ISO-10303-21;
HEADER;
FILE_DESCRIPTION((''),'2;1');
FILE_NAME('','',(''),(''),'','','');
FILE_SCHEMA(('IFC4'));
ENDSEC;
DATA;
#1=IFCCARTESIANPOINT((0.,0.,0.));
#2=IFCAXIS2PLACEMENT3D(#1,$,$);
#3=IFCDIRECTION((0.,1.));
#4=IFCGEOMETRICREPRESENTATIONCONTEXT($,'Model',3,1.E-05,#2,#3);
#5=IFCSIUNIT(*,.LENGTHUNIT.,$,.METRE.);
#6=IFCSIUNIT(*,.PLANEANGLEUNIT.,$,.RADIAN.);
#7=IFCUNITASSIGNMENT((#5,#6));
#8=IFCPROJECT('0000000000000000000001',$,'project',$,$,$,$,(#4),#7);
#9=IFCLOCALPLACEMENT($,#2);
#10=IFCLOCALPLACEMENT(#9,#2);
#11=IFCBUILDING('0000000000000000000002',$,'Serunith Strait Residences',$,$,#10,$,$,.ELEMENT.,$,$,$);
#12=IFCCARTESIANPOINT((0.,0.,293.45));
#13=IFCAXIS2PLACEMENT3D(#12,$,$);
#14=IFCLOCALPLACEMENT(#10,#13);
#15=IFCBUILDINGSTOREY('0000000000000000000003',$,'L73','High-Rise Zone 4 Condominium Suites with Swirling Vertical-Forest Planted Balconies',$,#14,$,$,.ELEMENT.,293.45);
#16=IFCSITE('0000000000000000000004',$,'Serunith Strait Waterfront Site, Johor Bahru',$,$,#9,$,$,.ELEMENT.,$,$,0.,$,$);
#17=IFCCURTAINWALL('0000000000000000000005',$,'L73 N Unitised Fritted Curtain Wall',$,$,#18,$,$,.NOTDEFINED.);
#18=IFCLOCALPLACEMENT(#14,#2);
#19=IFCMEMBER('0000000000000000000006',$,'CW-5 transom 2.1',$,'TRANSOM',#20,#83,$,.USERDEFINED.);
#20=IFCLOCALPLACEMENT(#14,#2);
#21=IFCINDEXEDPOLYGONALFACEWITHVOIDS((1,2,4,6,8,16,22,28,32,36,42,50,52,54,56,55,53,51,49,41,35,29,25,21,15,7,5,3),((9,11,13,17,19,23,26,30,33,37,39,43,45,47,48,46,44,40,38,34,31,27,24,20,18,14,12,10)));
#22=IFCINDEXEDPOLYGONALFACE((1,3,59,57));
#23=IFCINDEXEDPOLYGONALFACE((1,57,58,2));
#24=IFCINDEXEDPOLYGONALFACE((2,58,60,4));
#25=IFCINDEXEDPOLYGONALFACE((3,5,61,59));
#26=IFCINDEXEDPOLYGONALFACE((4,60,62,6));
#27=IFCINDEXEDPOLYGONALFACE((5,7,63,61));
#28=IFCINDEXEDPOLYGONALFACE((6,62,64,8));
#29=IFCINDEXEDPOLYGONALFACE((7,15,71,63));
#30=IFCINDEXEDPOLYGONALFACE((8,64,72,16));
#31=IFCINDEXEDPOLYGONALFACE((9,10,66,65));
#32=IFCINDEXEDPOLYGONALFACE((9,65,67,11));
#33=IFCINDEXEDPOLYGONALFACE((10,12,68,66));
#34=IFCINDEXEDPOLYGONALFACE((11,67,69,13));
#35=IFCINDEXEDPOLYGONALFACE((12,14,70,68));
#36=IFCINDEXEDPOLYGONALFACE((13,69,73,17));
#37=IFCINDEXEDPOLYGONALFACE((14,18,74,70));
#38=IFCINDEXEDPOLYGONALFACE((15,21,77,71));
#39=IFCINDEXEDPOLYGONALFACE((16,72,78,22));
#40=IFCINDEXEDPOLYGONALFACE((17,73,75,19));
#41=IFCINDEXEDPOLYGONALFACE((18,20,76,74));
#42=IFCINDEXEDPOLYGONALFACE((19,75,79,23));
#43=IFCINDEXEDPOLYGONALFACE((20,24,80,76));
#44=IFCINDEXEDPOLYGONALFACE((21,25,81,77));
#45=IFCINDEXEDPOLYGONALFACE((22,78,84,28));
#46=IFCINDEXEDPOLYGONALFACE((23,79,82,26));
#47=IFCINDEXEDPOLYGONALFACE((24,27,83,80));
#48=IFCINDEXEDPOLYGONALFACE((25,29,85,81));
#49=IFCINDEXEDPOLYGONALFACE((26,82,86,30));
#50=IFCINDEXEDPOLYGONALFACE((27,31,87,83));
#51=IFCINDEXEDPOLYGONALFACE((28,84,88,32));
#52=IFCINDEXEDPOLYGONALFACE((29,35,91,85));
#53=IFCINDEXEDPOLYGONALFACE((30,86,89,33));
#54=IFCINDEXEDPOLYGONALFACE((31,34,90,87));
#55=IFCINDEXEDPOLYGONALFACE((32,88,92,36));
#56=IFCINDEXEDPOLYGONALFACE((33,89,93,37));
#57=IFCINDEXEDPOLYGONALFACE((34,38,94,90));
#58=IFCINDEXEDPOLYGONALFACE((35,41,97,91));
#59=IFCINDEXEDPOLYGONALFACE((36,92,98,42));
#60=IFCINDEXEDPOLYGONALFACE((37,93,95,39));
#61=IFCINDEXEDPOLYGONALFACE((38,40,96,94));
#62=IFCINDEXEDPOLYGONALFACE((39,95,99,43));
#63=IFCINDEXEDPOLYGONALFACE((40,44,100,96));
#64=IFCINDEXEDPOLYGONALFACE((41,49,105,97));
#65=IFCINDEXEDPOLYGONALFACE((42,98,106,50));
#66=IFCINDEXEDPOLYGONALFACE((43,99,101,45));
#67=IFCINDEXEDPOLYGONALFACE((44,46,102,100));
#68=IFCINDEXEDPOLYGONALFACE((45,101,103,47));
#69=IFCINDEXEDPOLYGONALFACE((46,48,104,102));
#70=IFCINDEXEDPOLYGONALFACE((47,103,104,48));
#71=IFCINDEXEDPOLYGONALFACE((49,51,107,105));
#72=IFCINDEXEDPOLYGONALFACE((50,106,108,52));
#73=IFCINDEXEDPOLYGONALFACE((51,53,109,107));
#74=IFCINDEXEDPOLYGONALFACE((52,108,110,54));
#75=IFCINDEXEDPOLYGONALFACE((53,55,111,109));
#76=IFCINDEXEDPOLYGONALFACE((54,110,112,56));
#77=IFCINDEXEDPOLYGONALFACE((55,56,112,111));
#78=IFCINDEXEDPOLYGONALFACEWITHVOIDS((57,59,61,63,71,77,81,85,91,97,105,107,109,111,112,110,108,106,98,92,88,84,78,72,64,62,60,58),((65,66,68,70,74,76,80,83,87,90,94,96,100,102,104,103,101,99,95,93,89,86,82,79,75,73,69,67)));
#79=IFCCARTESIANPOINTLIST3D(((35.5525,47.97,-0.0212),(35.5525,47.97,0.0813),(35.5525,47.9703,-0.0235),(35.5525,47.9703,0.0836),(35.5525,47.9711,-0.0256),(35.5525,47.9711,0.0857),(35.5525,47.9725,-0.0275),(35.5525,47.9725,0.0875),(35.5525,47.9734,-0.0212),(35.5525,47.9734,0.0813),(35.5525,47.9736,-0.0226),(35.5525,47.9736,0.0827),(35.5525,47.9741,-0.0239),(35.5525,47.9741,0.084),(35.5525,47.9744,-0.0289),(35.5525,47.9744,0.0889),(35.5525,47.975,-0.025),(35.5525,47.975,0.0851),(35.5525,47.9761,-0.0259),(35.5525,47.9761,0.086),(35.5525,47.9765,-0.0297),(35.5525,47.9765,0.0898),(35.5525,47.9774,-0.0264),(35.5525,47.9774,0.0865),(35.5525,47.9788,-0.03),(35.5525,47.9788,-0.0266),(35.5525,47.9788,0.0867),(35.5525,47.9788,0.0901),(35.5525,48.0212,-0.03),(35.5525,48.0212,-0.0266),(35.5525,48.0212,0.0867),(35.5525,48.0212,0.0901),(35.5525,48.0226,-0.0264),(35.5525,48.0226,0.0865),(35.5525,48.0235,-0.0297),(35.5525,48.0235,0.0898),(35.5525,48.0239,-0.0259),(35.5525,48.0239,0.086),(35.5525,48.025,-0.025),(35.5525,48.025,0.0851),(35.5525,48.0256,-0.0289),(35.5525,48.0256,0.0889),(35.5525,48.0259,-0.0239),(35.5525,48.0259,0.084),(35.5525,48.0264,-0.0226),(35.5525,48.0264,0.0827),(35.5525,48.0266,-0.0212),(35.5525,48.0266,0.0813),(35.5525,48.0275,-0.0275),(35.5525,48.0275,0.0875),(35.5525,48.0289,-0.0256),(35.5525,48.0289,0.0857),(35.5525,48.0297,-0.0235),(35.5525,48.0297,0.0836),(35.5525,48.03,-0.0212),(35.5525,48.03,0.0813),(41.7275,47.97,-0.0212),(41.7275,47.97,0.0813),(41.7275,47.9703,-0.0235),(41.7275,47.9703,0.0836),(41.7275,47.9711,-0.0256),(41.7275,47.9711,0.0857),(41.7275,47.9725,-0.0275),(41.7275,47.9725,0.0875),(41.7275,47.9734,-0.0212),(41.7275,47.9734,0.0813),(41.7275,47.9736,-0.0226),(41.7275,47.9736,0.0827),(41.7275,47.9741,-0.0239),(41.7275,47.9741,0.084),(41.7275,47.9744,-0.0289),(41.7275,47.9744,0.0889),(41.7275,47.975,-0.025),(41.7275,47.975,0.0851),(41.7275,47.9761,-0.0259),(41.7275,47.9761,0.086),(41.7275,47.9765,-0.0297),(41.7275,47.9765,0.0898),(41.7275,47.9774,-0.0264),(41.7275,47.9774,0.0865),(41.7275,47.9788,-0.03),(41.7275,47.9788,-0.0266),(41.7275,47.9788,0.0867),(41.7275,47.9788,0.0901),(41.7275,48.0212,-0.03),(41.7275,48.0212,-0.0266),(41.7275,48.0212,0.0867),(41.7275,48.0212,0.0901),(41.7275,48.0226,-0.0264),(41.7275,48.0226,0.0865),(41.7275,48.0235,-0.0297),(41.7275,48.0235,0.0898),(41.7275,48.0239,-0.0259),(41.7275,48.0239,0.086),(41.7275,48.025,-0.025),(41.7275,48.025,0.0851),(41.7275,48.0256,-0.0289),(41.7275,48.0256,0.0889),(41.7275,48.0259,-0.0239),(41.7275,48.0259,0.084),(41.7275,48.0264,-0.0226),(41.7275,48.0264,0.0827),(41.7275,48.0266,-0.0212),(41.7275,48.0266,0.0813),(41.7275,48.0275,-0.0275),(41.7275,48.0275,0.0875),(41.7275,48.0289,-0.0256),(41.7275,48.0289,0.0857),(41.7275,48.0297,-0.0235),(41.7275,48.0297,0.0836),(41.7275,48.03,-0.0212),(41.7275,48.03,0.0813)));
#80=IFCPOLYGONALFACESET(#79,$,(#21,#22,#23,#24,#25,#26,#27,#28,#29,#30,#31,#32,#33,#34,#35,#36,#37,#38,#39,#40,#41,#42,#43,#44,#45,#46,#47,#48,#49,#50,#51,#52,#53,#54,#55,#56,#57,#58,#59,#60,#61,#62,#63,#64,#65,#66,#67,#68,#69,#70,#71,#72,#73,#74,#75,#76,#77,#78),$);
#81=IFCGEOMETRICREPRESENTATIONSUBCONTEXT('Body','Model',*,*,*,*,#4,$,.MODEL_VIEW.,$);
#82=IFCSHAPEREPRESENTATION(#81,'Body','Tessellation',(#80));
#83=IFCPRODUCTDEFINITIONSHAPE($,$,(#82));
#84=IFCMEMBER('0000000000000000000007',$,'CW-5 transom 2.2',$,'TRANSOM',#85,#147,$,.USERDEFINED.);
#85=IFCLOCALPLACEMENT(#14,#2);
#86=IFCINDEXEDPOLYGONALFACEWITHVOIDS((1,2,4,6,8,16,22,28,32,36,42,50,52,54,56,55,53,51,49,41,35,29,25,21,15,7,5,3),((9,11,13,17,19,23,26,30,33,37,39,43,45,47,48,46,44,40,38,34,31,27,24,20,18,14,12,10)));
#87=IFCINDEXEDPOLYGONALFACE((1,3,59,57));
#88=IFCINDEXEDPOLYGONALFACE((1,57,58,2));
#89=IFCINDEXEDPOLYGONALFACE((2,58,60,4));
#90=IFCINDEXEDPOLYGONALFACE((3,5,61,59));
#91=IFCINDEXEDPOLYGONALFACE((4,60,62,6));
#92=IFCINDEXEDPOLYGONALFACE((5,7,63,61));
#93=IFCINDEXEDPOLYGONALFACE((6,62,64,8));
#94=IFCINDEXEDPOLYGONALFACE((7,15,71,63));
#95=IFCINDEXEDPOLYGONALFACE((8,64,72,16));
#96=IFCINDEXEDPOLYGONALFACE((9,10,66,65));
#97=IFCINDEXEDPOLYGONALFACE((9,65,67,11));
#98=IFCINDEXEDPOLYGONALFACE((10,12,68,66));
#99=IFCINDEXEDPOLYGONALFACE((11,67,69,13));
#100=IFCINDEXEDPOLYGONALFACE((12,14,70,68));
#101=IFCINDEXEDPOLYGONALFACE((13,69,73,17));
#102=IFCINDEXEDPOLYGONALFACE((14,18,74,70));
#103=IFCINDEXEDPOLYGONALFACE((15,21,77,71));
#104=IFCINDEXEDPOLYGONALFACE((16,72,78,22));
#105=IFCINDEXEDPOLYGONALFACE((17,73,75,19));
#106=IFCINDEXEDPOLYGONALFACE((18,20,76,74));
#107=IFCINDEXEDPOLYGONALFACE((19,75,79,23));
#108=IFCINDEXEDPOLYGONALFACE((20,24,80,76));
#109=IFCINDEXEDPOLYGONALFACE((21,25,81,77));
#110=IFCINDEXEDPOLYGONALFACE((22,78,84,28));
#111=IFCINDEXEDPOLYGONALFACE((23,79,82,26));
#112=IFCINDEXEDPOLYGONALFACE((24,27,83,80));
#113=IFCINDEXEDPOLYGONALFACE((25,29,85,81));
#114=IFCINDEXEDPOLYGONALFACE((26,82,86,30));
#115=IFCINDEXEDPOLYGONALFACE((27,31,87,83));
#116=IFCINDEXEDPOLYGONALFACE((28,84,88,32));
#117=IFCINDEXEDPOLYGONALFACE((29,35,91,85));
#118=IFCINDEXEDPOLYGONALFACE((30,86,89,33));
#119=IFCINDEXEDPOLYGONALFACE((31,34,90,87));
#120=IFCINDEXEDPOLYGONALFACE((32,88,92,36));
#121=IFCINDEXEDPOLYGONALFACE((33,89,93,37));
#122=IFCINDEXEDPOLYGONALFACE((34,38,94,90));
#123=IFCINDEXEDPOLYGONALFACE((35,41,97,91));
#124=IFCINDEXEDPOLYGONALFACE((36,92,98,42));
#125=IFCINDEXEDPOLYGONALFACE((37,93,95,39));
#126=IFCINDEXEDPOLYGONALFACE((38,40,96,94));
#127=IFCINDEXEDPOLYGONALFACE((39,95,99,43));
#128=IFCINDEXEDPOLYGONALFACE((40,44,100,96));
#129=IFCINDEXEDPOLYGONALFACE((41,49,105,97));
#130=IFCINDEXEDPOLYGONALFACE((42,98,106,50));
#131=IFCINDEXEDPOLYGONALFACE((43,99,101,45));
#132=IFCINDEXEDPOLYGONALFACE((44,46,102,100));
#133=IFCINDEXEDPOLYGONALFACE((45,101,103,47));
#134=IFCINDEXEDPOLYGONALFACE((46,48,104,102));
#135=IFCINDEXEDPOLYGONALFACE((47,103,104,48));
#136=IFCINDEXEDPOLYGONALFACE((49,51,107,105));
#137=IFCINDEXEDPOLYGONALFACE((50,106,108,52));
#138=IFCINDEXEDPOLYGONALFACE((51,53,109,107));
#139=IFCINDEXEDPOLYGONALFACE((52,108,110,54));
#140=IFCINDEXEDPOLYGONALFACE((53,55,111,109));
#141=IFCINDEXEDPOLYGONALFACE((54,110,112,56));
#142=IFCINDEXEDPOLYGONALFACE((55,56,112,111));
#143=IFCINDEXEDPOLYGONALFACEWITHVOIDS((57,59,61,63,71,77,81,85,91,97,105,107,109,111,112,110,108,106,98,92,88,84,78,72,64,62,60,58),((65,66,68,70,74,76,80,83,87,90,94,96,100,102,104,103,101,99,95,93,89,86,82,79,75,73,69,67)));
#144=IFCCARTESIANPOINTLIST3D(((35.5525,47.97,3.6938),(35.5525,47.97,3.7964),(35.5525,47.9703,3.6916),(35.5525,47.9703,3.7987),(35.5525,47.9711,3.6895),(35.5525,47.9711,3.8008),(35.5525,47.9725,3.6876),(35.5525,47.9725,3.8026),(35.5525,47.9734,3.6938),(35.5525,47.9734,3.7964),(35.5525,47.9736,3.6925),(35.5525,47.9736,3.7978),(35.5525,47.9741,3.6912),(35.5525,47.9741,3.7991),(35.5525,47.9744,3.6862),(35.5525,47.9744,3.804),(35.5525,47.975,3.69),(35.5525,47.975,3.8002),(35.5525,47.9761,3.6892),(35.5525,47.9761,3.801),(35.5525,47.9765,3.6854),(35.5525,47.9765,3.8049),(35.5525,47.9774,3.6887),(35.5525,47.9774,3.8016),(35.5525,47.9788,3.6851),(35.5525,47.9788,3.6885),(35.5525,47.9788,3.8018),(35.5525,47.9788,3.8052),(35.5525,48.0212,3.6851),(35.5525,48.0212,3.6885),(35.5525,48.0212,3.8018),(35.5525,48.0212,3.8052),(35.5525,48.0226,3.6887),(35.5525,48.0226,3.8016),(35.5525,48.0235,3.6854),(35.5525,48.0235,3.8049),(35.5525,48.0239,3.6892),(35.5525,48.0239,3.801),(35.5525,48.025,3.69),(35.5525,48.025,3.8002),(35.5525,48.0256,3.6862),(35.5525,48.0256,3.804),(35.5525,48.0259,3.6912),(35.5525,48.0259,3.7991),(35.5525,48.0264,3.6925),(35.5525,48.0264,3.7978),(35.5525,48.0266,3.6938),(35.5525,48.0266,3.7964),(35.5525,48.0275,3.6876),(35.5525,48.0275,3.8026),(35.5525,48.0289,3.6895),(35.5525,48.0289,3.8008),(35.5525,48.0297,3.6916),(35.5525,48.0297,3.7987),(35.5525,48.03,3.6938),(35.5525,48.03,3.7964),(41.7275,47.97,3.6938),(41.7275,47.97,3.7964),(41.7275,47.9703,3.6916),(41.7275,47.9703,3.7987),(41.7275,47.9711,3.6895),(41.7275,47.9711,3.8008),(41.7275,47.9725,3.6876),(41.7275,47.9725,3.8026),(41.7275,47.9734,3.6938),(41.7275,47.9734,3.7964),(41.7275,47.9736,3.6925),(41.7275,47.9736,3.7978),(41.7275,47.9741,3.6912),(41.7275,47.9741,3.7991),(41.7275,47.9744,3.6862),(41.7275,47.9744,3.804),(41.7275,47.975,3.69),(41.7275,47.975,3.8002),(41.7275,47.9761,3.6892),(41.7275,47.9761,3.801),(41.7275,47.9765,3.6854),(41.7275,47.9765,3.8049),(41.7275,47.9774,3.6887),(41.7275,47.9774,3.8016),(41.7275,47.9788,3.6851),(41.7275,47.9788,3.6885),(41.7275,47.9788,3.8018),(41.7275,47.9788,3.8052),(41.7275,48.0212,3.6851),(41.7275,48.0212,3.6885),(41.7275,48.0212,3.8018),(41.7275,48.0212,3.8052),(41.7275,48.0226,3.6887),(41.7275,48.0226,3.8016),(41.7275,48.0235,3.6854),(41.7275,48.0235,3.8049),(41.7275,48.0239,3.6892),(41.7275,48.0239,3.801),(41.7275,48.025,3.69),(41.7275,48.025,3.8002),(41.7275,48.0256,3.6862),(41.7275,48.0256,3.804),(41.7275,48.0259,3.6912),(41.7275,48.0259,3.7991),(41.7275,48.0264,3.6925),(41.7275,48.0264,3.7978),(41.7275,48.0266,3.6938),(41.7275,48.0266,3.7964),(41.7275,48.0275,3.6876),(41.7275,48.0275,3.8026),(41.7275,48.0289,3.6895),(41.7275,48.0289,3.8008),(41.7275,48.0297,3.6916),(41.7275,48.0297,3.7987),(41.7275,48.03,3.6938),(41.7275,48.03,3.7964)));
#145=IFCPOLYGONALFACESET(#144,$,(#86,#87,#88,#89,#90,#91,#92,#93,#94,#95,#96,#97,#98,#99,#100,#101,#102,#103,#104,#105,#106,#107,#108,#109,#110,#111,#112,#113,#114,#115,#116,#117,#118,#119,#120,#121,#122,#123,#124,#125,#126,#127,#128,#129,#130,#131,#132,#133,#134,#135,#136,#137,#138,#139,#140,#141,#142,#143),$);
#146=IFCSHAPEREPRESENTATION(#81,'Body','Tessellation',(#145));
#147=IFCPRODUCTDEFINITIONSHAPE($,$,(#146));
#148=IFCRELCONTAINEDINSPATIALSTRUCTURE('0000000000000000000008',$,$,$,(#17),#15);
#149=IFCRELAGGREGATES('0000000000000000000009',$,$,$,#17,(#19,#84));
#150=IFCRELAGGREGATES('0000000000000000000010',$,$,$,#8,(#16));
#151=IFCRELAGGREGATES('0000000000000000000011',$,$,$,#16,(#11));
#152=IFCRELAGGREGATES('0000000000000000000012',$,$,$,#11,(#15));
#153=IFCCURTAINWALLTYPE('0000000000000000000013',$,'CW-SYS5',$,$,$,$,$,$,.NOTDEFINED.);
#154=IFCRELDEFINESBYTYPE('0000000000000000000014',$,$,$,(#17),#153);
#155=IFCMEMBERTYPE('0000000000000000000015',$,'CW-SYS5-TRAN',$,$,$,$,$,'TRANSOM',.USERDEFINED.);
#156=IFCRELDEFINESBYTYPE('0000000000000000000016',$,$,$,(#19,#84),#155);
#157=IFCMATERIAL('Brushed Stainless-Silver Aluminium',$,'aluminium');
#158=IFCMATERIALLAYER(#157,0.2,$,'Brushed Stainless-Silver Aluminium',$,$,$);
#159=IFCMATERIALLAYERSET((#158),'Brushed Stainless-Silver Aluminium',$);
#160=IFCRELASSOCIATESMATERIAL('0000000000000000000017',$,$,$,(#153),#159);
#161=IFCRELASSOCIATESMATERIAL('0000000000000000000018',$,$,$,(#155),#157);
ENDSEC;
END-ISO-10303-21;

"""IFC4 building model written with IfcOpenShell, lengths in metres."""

from ifc_helpers import new_model, si_unit, direction, frame, origin, origin_2d, place, context, subcontext, project, spatial, hollow_rectangle, extrude, source, transform, mapped, material, layer, layer_set, material_profile, profile_set, type_object, element, aggregate, save


model = new_model("IFC4")

# Units and contexts
model_context = context("Model", 3, precision=1e-05, world=origin(), true_north=direction((0.0, 1.0)))
body_context = subcontext(model_context, "Body", "Model", "MODEL_VIEW")
ifc_project = project(units=[si_unit("LENGTHUNIT", "METRE"), si_unit("PLANEANGLEUNIT", "RADIAN")], contexts=[model_context])

# Site, building, storey
site_placement = place(None, origin())
site = spatial("IfcSite", under=ifc_project, at=site_placement, Name="Serunith Strait Waterfront Site, Johor Bahru", CompositionType="ELEMENT", RefElevation=0.0)
building_placement = place(site_placement, origin())
building = spatial("IfcBuilding", under=site, at=building_placement, Name="Serunith Strait Residences", CompositionType="ELEMENT")
storey_placement = place(building_placement, frame((0.0, 0.0, 293.45)))
storey = spatial("IfcBuildingStorey", under=building, at=storey_placement, Name="L73", Description="High-Rise Zone 4 Condominium Suites with Swirling Vertical-Forest Planted Balconies", CompositionType="ELEMENT", Elevation=293.45)

# Curtain wall, members
ifc_material_1 = material(Name="Brushed Stainless-Silver Aluminium", Category="aluminium")
ifc_layer_1 = layer(ifc_material_1, 0.2, Name="Brushed Stainless-Silver Aluminium")
ifc_layer_set_1 = layer_set([ifc_layer_1], Name="Brushed Stainless-Silver Aluminium")
curtain_wall_type = type_object("IfcCurtainWallType", Name="CW-SYS5", PredefinedType="NOTDEFINED", material=ifc_layer_set_1)
curtain_wall_placement = place(storey_placement, origin())
curtain_wall = element("IfcCurtainWall", 1, at=curtain_wall_placement, inside=storey, type_object=curtain_wall_type, Name="L73 N Unitised Fritted Curtain Wall", PredefinedType="NOTDEFINED")
ifc_material_profile_1 = material_profile(ifc_material_1, hollow_rectangle(XDim=0.0601, YDim=0.1201, WallThickness=0.0034, InnerFilletRadius=0.0054, OuterFilletRadius=0.0088, at=origin_2d()), Name="ALU 120x60x3.5")
ifc_profile_set_1 = profile_set([ifc_material_profile_1], Name="Brushed Stainless-Silver Aluminium")
member_type_1 = type_object("IfcMemberType", Name="CW-SYS5-TRAN", ElementType="TRANSOM", PredefinedType="USERDEFINED", material=ifc_profile_set_1)
shared_shape_1 = source(origin(), body_context, "Body", "SweptSolid", [
    extrude(hollow_rectangle(XDim=0.0601, YDim=0.1201, WallThickness=0.0034, InnerFilletRadius=0.0054, OuterFilletRadius=0.0088, at=origin_2d()), origin(), (0.0, 0.0, 1.0), 6.175),
])
member_1_placement = place(storey_placement, frame((41.7275, 48.0, 0.03), z_axis=(-1.0, 0.0, 0.0), x_axis=(0.0, -1.0, 0.0)))
member_1 = element("IfcMember", 2, at=member_1_placement, type_object=member_type_1, Name="CW-5 transom 2.1", ObjectType="TRANSOM", PredefinedType="USERDEFINED", context=body_context, shape_type="MappedRepresentation", body=[
    mapped(shared_shape_1, transform((0.0, 0.0, 0.0), scale=1.0)),
])
member_2_placement = place(storey_placement, frame((41.7275, 48.0, 3.7451), z_axis=(-1.0, 0.0, 0.0), x_axis=(0.0, -1.0, 0.0)))
member_2 = element("IfcMember", 3, at=member_2_placement, type_object=member_type_1, Name="CW-5 transom 2.2", ObjectType="TRANSOM", PredefinedType="USERDEFINED", context=body_context, shape_type="MappedRepresentation", body=[
    mapped(shared_shape_1, transform((0.0, 0.0, 0.0), scale=1.0)),
])
aggregate(curtain_wall, [member_1, member_2])

save(model, "model.ifc")
